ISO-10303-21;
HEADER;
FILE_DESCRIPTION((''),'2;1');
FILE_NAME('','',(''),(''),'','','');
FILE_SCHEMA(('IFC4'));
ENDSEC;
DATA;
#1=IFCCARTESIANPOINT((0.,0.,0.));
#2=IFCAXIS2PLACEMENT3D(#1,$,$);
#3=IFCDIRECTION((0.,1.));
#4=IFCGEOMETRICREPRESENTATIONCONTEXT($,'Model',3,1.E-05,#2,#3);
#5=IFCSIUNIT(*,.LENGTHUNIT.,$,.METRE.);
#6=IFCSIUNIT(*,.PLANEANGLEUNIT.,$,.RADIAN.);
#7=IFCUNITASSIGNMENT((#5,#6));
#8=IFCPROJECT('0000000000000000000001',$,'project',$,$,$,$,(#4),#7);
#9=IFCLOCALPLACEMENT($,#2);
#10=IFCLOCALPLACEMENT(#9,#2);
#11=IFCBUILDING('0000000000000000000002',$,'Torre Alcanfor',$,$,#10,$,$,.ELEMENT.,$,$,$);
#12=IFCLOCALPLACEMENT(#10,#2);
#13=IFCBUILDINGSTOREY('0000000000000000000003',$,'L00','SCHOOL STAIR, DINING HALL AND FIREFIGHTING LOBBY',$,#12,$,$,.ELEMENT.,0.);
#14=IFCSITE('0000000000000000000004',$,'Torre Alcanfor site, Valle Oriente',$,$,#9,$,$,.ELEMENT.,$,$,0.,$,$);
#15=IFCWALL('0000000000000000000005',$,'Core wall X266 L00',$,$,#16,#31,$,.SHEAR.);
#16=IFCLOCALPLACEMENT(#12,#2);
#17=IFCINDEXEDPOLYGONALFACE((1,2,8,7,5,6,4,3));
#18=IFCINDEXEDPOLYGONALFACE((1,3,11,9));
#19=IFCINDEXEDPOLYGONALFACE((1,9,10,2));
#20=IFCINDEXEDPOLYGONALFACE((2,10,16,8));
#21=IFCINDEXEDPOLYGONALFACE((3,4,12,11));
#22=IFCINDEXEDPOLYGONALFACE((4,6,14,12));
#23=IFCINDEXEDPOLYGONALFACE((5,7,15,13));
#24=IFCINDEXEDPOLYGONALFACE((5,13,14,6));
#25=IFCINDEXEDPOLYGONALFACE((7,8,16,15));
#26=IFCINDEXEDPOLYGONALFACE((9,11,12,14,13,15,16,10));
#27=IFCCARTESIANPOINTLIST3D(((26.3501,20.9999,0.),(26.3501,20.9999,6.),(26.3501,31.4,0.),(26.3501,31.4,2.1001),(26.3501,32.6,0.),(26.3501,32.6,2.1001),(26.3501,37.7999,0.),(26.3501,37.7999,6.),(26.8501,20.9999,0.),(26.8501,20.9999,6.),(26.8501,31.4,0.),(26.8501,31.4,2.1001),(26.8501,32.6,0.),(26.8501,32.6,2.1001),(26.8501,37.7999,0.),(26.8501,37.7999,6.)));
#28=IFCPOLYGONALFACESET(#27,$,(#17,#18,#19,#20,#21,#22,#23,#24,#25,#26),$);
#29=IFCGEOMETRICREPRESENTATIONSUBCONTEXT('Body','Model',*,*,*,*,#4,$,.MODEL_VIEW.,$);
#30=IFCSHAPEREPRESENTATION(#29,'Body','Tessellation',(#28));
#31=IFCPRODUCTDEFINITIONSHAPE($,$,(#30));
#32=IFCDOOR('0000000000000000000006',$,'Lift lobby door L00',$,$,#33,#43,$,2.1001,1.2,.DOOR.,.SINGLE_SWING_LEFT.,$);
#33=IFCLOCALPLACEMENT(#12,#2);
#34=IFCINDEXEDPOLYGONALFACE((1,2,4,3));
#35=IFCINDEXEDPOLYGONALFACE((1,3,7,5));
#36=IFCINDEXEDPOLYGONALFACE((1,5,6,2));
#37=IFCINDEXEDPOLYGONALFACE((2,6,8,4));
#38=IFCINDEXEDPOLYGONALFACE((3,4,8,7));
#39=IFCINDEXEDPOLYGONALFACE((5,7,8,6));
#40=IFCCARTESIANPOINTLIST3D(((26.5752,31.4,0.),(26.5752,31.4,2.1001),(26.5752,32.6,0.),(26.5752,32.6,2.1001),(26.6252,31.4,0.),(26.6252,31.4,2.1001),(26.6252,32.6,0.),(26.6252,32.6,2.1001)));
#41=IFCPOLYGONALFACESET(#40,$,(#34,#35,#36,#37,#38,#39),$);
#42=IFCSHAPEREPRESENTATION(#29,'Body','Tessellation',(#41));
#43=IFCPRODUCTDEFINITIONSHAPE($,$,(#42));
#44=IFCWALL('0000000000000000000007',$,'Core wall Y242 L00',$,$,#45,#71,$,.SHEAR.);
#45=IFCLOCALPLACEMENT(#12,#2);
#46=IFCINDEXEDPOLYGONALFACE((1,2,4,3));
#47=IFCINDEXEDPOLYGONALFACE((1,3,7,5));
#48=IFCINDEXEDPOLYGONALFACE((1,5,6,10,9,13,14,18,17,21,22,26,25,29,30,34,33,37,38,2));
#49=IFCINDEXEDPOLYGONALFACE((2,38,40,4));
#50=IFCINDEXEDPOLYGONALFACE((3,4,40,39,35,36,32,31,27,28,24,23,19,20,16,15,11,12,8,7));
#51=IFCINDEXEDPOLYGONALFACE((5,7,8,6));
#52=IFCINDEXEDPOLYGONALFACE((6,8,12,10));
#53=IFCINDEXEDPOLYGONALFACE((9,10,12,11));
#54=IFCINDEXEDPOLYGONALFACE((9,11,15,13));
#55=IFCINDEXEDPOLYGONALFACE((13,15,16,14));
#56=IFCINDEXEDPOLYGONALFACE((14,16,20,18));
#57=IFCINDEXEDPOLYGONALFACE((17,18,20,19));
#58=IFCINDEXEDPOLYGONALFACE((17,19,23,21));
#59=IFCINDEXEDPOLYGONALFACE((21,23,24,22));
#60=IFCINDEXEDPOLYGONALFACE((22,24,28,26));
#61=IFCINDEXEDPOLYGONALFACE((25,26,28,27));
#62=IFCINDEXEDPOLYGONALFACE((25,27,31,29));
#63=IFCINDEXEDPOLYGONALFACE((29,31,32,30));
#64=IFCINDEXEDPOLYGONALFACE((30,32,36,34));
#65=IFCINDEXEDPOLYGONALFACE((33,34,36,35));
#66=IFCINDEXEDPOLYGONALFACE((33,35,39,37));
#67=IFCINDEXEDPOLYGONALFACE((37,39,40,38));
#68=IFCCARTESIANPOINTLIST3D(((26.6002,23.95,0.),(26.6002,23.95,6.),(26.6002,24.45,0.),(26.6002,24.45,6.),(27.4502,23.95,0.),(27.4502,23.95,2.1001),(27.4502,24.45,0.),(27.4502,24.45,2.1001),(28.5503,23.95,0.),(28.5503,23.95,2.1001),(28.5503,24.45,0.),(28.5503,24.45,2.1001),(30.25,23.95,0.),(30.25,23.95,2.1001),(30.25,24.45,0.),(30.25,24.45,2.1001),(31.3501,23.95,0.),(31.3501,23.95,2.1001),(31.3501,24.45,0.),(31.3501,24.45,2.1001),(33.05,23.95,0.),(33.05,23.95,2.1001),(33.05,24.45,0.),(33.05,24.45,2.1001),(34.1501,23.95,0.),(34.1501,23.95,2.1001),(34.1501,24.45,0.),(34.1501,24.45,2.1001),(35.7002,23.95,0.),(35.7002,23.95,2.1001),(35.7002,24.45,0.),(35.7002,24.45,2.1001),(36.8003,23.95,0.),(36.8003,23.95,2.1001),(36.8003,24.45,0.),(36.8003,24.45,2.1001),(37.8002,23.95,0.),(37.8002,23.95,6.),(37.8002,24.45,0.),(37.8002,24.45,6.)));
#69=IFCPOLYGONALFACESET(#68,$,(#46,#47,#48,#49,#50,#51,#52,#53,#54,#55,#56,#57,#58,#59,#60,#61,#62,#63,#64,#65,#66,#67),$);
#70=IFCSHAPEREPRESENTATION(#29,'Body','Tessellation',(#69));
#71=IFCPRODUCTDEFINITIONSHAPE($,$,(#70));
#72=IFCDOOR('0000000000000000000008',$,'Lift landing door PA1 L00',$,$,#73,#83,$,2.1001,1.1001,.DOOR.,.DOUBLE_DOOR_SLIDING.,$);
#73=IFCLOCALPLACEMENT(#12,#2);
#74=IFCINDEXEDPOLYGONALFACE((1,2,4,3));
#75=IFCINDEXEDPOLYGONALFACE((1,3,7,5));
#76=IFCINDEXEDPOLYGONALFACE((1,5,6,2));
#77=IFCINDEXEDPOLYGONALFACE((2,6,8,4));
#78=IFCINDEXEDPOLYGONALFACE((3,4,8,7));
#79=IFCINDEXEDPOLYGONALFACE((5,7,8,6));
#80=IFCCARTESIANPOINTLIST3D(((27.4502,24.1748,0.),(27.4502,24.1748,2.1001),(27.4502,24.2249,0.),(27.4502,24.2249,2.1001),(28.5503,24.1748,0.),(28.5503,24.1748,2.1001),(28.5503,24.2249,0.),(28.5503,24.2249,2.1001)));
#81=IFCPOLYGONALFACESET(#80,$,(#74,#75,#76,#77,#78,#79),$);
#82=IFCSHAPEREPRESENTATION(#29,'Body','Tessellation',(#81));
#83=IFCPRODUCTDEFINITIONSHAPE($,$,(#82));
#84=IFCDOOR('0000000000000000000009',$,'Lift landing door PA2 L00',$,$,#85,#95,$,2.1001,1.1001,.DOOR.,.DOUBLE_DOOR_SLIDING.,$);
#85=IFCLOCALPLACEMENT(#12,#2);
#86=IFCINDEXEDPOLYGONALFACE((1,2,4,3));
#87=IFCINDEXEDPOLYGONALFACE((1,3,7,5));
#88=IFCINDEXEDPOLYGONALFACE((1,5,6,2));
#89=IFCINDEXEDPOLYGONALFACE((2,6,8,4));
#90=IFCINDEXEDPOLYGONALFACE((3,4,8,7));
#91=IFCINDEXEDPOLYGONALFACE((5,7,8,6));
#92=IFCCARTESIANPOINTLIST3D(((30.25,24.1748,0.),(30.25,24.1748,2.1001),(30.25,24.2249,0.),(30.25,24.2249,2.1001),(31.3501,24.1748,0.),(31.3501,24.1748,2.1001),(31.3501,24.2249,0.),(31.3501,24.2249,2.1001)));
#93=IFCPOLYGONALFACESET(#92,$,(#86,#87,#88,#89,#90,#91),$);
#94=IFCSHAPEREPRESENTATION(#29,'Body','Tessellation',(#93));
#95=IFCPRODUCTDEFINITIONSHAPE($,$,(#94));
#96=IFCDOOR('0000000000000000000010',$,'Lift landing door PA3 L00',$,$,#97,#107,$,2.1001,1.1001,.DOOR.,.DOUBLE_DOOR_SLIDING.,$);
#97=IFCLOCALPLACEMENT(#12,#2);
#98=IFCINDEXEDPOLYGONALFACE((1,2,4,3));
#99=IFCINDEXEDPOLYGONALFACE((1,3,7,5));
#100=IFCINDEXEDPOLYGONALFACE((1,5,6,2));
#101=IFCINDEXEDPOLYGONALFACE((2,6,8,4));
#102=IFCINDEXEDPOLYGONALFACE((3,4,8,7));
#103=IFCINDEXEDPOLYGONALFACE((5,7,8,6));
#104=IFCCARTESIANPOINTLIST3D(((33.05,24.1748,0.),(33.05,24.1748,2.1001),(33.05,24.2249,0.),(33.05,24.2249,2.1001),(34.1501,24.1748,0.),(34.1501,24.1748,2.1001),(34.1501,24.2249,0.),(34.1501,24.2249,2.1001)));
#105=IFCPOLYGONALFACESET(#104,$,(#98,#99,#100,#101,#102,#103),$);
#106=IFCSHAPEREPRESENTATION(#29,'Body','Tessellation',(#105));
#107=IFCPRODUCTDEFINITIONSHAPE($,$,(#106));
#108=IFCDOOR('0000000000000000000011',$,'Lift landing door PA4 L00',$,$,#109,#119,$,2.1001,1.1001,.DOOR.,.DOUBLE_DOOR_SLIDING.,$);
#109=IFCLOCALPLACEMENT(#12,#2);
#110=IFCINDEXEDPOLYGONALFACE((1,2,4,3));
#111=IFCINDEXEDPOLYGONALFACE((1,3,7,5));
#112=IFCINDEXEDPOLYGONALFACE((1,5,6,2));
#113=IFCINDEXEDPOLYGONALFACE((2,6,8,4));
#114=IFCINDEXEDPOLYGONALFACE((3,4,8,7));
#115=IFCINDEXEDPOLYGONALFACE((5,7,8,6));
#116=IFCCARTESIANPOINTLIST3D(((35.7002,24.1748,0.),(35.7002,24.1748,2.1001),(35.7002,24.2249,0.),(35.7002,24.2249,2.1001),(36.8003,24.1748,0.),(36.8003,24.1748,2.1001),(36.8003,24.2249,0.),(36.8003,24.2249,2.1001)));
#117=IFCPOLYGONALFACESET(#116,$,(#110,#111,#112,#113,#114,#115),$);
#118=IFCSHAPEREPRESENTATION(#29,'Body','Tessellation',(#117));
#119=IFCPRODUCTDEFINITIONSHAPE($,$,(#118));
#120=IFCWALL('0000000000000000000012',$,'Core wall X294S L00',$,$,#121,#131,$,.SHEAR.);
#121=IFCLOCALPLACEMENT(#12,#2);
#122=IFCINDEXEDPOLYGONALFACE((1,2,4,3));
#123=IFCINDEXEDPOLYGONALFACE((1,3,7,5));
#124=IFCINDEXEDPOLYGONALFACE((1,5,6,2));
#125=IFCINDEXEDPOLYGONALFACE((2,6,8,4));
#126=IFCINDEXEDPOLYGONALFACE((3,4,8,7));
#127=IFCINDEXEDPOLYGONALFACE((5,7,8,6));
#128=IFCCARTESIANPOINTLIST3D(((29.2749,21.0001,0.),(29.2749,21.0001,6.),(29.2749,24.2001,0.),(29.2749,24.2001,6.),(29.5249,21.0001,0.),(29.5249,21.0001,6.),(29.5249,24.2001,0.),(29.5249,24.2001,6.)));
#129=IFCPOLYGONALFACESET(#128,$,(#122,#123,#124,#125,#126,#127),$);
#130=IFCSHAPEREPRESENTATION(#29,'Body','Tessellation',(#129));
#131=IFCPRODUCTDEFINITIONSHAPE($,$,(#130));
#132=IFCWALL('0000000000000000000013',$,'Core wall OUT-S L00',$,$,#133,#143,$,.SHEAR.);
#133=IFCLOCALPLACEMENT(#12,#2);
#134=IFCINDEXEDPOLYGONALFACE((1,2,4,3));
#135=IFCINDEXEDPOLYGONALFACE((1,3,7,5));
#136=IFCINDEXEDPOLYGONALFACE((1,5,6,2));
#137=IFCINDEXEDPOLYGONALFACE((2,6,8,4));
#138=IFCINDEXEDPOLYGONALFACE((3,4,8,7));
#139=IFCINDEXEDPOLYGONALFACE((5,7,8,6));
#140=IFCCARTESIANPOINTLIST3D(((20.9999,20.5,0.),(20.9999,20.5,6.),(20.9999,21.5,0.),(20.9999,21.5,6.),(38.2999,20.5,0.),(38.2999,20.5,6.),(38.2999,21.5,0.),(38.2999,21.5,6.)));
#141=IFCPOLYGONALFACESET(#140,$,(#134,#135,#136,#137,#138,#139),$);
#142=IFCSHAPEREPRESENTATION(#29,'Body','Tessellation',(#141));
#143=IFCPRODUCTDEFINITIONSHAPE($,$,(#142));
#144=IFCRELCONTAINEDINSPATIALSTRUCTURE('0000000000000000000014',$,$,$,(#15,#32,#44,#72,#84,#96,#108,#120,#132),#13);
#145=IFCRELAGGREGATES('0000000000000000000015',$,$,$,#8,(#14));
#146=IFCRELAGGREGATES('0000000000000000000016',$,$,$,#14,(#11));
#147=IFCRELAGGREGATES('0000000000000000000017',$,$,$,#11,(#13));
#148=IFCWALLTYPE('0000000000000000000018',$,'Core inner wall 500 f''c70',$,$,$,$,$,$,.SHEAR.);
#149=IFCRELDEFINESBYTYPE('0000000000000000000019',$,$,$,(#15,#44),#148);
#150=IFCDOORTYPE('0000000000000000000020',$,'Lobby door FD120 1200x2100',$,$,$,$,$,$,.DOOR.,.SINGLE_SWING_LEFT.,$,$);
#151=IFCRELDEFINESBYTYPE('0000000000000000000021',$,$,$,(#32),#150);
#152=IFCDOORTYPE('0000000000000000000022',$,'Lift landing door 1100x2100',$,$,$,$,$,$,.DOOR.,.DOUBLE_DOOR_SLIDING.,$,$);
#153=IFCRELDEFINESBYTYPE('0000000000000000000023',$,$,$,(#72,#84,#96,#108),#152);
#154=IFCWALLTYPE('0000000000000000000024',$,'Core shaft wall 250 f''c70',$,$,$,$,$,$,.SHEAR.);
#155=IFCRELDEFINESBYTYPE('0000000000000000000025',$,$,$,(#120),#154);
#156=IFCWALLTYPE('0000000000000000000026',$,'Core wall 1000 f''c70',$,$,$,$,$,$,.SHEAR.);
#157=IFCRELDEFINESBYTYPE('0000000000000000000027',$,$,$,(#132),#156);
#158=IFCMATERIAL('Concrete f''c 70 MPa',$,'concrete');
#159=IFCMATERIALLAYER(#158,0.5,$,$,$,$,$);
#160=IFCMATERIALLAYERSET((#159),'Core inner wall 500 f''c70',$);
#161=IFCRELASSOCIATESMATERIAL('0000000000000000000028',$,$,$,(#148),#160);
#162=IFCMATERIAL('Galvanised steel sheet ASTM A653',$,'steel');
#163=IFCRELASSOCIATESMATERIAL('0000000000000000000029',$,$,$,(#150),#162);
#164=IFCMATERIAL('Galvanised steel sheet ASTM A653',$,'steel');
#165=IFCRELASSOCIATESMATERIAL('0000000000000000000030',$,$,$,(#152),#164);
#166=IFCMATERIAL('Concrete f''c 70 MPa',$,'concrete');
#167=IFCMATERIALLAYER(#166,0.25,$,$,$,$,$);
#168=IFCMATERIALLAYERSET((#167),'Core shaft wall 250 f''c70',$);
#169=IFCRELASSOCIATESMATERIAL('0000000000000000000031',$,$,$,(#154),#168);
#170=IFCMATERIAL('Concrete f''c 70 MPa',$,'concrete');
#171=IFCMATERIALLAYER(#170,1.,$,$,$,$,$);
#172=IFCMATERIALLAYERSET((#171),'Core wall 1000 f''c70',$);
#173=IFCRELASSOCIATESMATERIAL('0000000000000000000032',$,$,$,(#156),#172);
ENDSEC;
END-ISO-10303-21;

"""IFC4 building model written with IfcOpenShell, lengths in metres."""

from ifc_helpers import new_model, si_unit, direction, frame, frame_2d, origin, place, context, subcontext, project, spatial, rectangle, extrude, material, layer, layer_set, type_object, element, fill, save


model = new_model("IFC4")

# Units and contexts
model_context = context("Model", 3, precision=1e-05, world=origin(), true_north=direction((0.0, 1.0)))
body_context = subcontext(model_context, "Body", "Model", "MODEL_VIEW")
ifc_project = project(units=[si_unit("LENGTHUNIT", "METRE"), si_unit("PLANEANGLEUNIT", "RADIAN")], contexts=[model_context])

# Site, building, storey
site_placement = place(None, origin())
site = spatial("IfcSite", under=ifc_project, at=site_placement, Name="Torre Alcanfor site, Valle Oriente", CompositionType="ELEMENT", RefElevation=0.0)
building_placement = place(site_placement, origin())
building = spatial("IfcBuilding", under=site, at=building_placement, Name="Torre Alcanfor", CompositionType="ELEMENT")
storey_placement = place(building_placement, origin())
storey = spatial("IfcBuildingStorey", under=building, at=storey_placement, Name="L00", Description="SCHOOL STAIR, DINING HALL AND FIREFIGHTING LOBBY", CompositionType="ELEMENT", Elevation=0.0)

# Wall, opening, door
ifc_material_1 = material(Name="Concrete f'c 70 MPa", Category="concrete")
ifc_layer_1 = layer(ifc_material_1, 0.5)
ifc_layer_set_1 = layer_set([ifc_layer_1], Name="Core inner wall 500 f'c70")
wall_type_1 = type_object("IfcWallType", Name="Core inner wall 500 f'c70", PredefinedType="SHEAR", material=ifc_layer_set_1)
wall_1_placement = place(storey_placement, frame((26.6001, 21.0, 0.0), z_axis=(0.0, 0.0, 1.0), x_axis=(0.0, 1.0, 0.0)))
wall_1 = element("IfcWall", 1, at=wall_1_placement, inside=storey, type_object=wall_type_1, Name="Core wall X266 L00", PredefinedType="SHEAR", context=body_context, shape_type="SweptSolid", body=[
    extrude(rectangle(XDim=16.8, YDim=0.5, at=frame_2d((8.3999, 0.0))), origin(), (0.0, 0.0, 1.0), 6.0),
])
opening_1_placement = place(wall_1_placement, frame((10.3999, 0.0, 0.0)))
opening_1 = element("IfcOpeningElement", 2, at=opening_1_placement, cuts=wall_1, PredefinedType="OPENING", context=body_context, shape_type="SweptSolid", body=[
    extrude(rectangle(XDim=1.2, YDim=2.1001, at=frame_2d((0.6001, 1.05))), frame((0.0, 0.26, 0.0), z_axis=(0.0, -1.0, 0.0), x_axis=(1.0, 0.0, 0.0)), (0.0, 0.0, 1.0), 0.52),
])
ifc_material_2 = material(Name="Galvanised steel sheet ASTM A653", Category="steel")
door_type_1 = type_object("IfcDoorType", Name="Lobby door FD120 1200x2100", OperationType="SINGLE_SWING_LEFT", PredefinedType="DOOR", material=ifc_material_2)
door_1_placement = place(opening_1_placement, frame((1.2, 0.0, 0.0), z_axis=(0.0, 0.0, 1.0), x_axis=(-1.0, 0.0, 0.0)))
door_1 = element("IfcDoor", 3, at=door_1_placement, inside=storey, type_object=door_type_1, Name="Lift lobby door L00", OperationType="SINGLE_SWING_LEFT", OverallHeight=2.1001, OverallWidth=1.2, PredefinedType="DOOR", context=body_context, shape_type="SweptSolid", body=[
    extrude(rectangle(XDim=1.2, YDim=2.1001, at=frame_2d((0.5999, 1.05))), frame((0.0, 0.0251, 0.0), z_axis=(0.0, -1.0, 0.0), x_axis=(1.0, 0.0, 0.0)), (0.0, 0.0, 1.0), 0.05),
])
fill(opening_1, door_1)

# Wall, openings, doors
wall_2_placement = place(storey_placement, frame((26.6001, 24.2, 0.0), z_axis=(0.0, 0.0, 1.0), x_axis=(1.0, 0.0, 0.0)))
wall_2 = element("IfcWall", 4, at=wall_2_placement, inside=storey, type_object=wall_type_1, Name="Core wall Y242 L00", PredefinedType="SHEAR", context=body_context, shape_type="SweptSolid", body=[
    extrude(rectangle(XDim=11.2, YDim=0.5, at=frame_2d((5.6001, 0.0))), origin(), (0.0, 0.0, 1.0), 6.0),
])
opening_2_placement = place(wall_2_placement, frame((0.8501, 0.0, 0.0)))
opening_2 = element("IfcOpeningElement", 5, at=opening_2_placement, cuts=wall_2, PredefinedType="OPENING", context=body_context, shape_type="SweptSolid", body=[
    extrude(rectangle(XDim=1.1001, YDim=2.1001, at=frame_2d((0.55, 1.05))), frame((0.0, 0.26, 0.0), z_axis=(0.0, -1.0, 0.0), x_axis=(1.0, 0.0, 0.0)), (0.0, 0.0, 1.0), 0.52),
])
opening_3_placement = place(wall_2_placement, frame((3.6499, 0.0, 0.0)))
opening_3 = element("IfcOpeningElement", 6, at=opening_3_placement, cuts=wall_2, PredefinedType="OPENING", context=body_context, shape_type="SweptSolid", body=[
    extrude(rectangle(XDim=1.1001, YDim=2.1001, at=frame_2d((0.55, 1.05))), frame((0.0, 0.26, 0.0), z_axis=(0.0, -1.0, 0.0), x_axis=(1.0, 0.0, 0.0)), (0.0, 0.0, 1.0), 0.52),
])
opening_4_placement = place(wall_2_placement, frame((6.45, 0.0, 0.0)))
opening_4 = element("IfcOpeningElement", 7, at=opening_4_placement, cuts=wall_2, PredefinedType="OPENING", context=body_context, shape_type="SweptSolid", body=[
    extrude(rectangle(XDim=1.1001, YDim=2.1001, at=frame_2d((0.55, 1.05))), frame((0.0, 0.26, 0.0), z_axis=(0.0, -1.0, 0.0), x_axis=(1.0, 0.0, 0.0)), (0.0, 0.0, 1.0), 0.52),
])
opening_5_placement = place(wall_2_placement, frame((9.1001, 0.0, 0.0)))
opening_5 = element("IfcOpeningElement", 8, at=opening_5_placement, cuts=wall_2, PredefinedType="OPENING", context=body_context, shape_type="SweptSolid", body=[
    extrude(rectangle(XDim=1.1001, YDim=2.1001, at=frame_2d((0.55, 1.05))), frame((0.0, 0.26, 0.0), z_axis=(0.0, -1.0, 0.0), x_axis=(1.0, 0.0, 0.0)), (0.0, 0.0, 1.0), 0.52),
])
ifc_material_3 = material(Name="Galvanised steel sheet ASTM A653", Category="steel")
door_type_2 = type_object("IfcDoorType", Name="Lift landing door 1100x2100", OperationType="DOUBLE_DOOR_SLIDING", PredefinedType="DOOR", material=ifc_material_3)
door_2_placement = place(opening_2_placement, origin())
door_2 = element("IfcDoor", 9, at=door_2_placement, inside=storey, type_object=door_type_2, Name="Lift landing door PA1 L00", OperationType="DOUBLE_DOOR_SLIDING", OverallHeight=2.1001, OverallWidth=1.1001, PredefinedType="DOOR", context=body_context, shape_type="SweptSolid", body=[
    extrude(rectangle(XDim=1.1001, YDim=2.1001, at=frame_2d((0.55, 1.05))), frame((0.0, 0.0249, 0.0), z_axis=(0.0, -1.0, 0.0), x_axis=(1.0, 0.0, 0.0)), (0.0, 0.0, 1.0), 0.05),
])
fill(opening_2, door_2)
door_3_placement = place(opening_3_placement, origin())
door_3 = element("IfcDoor", 10, at=door_3_placement, inside=storey, type_object=door_type_2, Name="Lift landing door PA2 L00", OperationType="DOUBLE_DOOR_SLIDING", OverallHeight=2.1001, OverallWidth=1.1001, PredefinedType="DOOR", context=body_context, shape_type="SweptSolid", body=[
    extrude(rectangle(XDim=1.1001, YDim=2.1001, at=frame_2d((0.55, 1.05))), frame((0.0, 0.0249, 0.0), z_axis=(0.0, -1.0, 0.0), x_axis=(1.0, 0.0, 0.0)), (0.0, 0.0, 1.0), 0.05),
])
fill(opening_3, door_3)
door_4_placement = place(opening_4_placement, origin())
door_4 = element("IfcDoor", 11, at=door_4_placement, inside=storey, type_object=door_type_2, Name="Lift landing door PA3 L00", OperationType="DOUBLE_DOOR_SLIDING", OverallHeight=2.1001, OverallWidth=1.1001, PredefinedType="DOOR", context=body_context, shape_type="SweptSolid", body=[
    extrude(rectangle(XDim=1.1001, YDim=2.1001, at=frame_2d((0.55, 1.05))), frame((0.0, 0.0249, 0.0), z_axis=(0.0, -1.0, 0.0), x_axis=(1.0, 0.0, 0.0)), (0.0, 0.0, 1.0), 0.05),
])
fill(opening_4, door_4)
door_5_placement = place(opening_5_placement, origin())
door_5 = element("IfcDoor", 12, at=door_5_placement, inside=storey, type_object=door_type_2, Name="Lift landing door PA4 L00", OperationType="DOUBLE_DOOR_SLIDING", OverallHeight=2.1001, OverallWidth=1.1001, PredefinedType="DOOR", context=body_context, shape_type="SweptSolid", body=[
    extrude(rectangle(XDim=1.1001, YDim=2.1001, at=frame_2d((0.55, 1.05))), frame((0.0, 0.0249, 0.0), z_axis=(0.0, -1.0, 0.0), x_axis=(1.0, 0.0, 0.0)), (0.0, 0.0, 1.0), 0.05),
])
fill(opening_5, door_5)

# Walls
ifc_material_4 = material(Name="Concrete f'c 70 MPa", Category="concrete")
ifc_layer_2 = layer(ifc_material_4, 0.25)
ifc_layer_set_2 = layer_set([ifc_layer_2], Name="Core shaft wall 250 f'c70")
wall_type_2 = type_object("IfcWallType", Name="Core shaft wall 250 f'c70", PredefinedType="SHEAR", material=ifc_layer_set_2)
wall_3_placement = place(storey_placement, frame((29.3999, 21.0, 0.0), z_axis=(0.0, 0.0, 1.0), x_axis=(0.0, 1.0, 0.0)))
element("IfcWall", 13, at=wall_3_placement, inside=storey, type_object=wall_type_2, Name="Core wall X294S L00", PredefinedType="SHEAR", context=body_context, shape_type="SweptSolid", body=[
    extrude(rectangle(XDim=3.2, YDim=0.25, at=frame_2d((1.6001, 0.0))), origin(), (0.0, 0.0, 1.0), 6.0),
])
ifc_material_5 = material(Name="Concrete f'c 70 MPa", Category="concrete")
ifc_layer_3 = layer(ifc_material_5, 1.0)
ifc_layer_set_3 = layer_set([ifc_layer_3], Name="Core wall 1000 f'c70")
wall_type_3 = type_object("IfcWallType", Name="Core wall 1000 f'c70", PredefinedType="SHEAR", material=ifc_layer_set_3)
wall_4_placement = place(storey_placement, frame((21.0, 21.0, 0.0), z_axis=(0.0, 0.0, 1.0), x_axis=(1.0, 0.0, 0.0)))
element("IfcWall", 14, at=wall_4_placement, inside=storey, type_object=wall_type_3, Name="Core wall OUT-S L00", PredefinedType="SHEAR", context=body_context, shape_type="SweptSolid", body=[
    extrude(rectangle(XDim=17.3, YDim=1.0, at=frame_2d((8.6499, 0.0))), origin(), (0.0, 0.0, 1.0), 6.0),
])

save(model, "model.ifc")
